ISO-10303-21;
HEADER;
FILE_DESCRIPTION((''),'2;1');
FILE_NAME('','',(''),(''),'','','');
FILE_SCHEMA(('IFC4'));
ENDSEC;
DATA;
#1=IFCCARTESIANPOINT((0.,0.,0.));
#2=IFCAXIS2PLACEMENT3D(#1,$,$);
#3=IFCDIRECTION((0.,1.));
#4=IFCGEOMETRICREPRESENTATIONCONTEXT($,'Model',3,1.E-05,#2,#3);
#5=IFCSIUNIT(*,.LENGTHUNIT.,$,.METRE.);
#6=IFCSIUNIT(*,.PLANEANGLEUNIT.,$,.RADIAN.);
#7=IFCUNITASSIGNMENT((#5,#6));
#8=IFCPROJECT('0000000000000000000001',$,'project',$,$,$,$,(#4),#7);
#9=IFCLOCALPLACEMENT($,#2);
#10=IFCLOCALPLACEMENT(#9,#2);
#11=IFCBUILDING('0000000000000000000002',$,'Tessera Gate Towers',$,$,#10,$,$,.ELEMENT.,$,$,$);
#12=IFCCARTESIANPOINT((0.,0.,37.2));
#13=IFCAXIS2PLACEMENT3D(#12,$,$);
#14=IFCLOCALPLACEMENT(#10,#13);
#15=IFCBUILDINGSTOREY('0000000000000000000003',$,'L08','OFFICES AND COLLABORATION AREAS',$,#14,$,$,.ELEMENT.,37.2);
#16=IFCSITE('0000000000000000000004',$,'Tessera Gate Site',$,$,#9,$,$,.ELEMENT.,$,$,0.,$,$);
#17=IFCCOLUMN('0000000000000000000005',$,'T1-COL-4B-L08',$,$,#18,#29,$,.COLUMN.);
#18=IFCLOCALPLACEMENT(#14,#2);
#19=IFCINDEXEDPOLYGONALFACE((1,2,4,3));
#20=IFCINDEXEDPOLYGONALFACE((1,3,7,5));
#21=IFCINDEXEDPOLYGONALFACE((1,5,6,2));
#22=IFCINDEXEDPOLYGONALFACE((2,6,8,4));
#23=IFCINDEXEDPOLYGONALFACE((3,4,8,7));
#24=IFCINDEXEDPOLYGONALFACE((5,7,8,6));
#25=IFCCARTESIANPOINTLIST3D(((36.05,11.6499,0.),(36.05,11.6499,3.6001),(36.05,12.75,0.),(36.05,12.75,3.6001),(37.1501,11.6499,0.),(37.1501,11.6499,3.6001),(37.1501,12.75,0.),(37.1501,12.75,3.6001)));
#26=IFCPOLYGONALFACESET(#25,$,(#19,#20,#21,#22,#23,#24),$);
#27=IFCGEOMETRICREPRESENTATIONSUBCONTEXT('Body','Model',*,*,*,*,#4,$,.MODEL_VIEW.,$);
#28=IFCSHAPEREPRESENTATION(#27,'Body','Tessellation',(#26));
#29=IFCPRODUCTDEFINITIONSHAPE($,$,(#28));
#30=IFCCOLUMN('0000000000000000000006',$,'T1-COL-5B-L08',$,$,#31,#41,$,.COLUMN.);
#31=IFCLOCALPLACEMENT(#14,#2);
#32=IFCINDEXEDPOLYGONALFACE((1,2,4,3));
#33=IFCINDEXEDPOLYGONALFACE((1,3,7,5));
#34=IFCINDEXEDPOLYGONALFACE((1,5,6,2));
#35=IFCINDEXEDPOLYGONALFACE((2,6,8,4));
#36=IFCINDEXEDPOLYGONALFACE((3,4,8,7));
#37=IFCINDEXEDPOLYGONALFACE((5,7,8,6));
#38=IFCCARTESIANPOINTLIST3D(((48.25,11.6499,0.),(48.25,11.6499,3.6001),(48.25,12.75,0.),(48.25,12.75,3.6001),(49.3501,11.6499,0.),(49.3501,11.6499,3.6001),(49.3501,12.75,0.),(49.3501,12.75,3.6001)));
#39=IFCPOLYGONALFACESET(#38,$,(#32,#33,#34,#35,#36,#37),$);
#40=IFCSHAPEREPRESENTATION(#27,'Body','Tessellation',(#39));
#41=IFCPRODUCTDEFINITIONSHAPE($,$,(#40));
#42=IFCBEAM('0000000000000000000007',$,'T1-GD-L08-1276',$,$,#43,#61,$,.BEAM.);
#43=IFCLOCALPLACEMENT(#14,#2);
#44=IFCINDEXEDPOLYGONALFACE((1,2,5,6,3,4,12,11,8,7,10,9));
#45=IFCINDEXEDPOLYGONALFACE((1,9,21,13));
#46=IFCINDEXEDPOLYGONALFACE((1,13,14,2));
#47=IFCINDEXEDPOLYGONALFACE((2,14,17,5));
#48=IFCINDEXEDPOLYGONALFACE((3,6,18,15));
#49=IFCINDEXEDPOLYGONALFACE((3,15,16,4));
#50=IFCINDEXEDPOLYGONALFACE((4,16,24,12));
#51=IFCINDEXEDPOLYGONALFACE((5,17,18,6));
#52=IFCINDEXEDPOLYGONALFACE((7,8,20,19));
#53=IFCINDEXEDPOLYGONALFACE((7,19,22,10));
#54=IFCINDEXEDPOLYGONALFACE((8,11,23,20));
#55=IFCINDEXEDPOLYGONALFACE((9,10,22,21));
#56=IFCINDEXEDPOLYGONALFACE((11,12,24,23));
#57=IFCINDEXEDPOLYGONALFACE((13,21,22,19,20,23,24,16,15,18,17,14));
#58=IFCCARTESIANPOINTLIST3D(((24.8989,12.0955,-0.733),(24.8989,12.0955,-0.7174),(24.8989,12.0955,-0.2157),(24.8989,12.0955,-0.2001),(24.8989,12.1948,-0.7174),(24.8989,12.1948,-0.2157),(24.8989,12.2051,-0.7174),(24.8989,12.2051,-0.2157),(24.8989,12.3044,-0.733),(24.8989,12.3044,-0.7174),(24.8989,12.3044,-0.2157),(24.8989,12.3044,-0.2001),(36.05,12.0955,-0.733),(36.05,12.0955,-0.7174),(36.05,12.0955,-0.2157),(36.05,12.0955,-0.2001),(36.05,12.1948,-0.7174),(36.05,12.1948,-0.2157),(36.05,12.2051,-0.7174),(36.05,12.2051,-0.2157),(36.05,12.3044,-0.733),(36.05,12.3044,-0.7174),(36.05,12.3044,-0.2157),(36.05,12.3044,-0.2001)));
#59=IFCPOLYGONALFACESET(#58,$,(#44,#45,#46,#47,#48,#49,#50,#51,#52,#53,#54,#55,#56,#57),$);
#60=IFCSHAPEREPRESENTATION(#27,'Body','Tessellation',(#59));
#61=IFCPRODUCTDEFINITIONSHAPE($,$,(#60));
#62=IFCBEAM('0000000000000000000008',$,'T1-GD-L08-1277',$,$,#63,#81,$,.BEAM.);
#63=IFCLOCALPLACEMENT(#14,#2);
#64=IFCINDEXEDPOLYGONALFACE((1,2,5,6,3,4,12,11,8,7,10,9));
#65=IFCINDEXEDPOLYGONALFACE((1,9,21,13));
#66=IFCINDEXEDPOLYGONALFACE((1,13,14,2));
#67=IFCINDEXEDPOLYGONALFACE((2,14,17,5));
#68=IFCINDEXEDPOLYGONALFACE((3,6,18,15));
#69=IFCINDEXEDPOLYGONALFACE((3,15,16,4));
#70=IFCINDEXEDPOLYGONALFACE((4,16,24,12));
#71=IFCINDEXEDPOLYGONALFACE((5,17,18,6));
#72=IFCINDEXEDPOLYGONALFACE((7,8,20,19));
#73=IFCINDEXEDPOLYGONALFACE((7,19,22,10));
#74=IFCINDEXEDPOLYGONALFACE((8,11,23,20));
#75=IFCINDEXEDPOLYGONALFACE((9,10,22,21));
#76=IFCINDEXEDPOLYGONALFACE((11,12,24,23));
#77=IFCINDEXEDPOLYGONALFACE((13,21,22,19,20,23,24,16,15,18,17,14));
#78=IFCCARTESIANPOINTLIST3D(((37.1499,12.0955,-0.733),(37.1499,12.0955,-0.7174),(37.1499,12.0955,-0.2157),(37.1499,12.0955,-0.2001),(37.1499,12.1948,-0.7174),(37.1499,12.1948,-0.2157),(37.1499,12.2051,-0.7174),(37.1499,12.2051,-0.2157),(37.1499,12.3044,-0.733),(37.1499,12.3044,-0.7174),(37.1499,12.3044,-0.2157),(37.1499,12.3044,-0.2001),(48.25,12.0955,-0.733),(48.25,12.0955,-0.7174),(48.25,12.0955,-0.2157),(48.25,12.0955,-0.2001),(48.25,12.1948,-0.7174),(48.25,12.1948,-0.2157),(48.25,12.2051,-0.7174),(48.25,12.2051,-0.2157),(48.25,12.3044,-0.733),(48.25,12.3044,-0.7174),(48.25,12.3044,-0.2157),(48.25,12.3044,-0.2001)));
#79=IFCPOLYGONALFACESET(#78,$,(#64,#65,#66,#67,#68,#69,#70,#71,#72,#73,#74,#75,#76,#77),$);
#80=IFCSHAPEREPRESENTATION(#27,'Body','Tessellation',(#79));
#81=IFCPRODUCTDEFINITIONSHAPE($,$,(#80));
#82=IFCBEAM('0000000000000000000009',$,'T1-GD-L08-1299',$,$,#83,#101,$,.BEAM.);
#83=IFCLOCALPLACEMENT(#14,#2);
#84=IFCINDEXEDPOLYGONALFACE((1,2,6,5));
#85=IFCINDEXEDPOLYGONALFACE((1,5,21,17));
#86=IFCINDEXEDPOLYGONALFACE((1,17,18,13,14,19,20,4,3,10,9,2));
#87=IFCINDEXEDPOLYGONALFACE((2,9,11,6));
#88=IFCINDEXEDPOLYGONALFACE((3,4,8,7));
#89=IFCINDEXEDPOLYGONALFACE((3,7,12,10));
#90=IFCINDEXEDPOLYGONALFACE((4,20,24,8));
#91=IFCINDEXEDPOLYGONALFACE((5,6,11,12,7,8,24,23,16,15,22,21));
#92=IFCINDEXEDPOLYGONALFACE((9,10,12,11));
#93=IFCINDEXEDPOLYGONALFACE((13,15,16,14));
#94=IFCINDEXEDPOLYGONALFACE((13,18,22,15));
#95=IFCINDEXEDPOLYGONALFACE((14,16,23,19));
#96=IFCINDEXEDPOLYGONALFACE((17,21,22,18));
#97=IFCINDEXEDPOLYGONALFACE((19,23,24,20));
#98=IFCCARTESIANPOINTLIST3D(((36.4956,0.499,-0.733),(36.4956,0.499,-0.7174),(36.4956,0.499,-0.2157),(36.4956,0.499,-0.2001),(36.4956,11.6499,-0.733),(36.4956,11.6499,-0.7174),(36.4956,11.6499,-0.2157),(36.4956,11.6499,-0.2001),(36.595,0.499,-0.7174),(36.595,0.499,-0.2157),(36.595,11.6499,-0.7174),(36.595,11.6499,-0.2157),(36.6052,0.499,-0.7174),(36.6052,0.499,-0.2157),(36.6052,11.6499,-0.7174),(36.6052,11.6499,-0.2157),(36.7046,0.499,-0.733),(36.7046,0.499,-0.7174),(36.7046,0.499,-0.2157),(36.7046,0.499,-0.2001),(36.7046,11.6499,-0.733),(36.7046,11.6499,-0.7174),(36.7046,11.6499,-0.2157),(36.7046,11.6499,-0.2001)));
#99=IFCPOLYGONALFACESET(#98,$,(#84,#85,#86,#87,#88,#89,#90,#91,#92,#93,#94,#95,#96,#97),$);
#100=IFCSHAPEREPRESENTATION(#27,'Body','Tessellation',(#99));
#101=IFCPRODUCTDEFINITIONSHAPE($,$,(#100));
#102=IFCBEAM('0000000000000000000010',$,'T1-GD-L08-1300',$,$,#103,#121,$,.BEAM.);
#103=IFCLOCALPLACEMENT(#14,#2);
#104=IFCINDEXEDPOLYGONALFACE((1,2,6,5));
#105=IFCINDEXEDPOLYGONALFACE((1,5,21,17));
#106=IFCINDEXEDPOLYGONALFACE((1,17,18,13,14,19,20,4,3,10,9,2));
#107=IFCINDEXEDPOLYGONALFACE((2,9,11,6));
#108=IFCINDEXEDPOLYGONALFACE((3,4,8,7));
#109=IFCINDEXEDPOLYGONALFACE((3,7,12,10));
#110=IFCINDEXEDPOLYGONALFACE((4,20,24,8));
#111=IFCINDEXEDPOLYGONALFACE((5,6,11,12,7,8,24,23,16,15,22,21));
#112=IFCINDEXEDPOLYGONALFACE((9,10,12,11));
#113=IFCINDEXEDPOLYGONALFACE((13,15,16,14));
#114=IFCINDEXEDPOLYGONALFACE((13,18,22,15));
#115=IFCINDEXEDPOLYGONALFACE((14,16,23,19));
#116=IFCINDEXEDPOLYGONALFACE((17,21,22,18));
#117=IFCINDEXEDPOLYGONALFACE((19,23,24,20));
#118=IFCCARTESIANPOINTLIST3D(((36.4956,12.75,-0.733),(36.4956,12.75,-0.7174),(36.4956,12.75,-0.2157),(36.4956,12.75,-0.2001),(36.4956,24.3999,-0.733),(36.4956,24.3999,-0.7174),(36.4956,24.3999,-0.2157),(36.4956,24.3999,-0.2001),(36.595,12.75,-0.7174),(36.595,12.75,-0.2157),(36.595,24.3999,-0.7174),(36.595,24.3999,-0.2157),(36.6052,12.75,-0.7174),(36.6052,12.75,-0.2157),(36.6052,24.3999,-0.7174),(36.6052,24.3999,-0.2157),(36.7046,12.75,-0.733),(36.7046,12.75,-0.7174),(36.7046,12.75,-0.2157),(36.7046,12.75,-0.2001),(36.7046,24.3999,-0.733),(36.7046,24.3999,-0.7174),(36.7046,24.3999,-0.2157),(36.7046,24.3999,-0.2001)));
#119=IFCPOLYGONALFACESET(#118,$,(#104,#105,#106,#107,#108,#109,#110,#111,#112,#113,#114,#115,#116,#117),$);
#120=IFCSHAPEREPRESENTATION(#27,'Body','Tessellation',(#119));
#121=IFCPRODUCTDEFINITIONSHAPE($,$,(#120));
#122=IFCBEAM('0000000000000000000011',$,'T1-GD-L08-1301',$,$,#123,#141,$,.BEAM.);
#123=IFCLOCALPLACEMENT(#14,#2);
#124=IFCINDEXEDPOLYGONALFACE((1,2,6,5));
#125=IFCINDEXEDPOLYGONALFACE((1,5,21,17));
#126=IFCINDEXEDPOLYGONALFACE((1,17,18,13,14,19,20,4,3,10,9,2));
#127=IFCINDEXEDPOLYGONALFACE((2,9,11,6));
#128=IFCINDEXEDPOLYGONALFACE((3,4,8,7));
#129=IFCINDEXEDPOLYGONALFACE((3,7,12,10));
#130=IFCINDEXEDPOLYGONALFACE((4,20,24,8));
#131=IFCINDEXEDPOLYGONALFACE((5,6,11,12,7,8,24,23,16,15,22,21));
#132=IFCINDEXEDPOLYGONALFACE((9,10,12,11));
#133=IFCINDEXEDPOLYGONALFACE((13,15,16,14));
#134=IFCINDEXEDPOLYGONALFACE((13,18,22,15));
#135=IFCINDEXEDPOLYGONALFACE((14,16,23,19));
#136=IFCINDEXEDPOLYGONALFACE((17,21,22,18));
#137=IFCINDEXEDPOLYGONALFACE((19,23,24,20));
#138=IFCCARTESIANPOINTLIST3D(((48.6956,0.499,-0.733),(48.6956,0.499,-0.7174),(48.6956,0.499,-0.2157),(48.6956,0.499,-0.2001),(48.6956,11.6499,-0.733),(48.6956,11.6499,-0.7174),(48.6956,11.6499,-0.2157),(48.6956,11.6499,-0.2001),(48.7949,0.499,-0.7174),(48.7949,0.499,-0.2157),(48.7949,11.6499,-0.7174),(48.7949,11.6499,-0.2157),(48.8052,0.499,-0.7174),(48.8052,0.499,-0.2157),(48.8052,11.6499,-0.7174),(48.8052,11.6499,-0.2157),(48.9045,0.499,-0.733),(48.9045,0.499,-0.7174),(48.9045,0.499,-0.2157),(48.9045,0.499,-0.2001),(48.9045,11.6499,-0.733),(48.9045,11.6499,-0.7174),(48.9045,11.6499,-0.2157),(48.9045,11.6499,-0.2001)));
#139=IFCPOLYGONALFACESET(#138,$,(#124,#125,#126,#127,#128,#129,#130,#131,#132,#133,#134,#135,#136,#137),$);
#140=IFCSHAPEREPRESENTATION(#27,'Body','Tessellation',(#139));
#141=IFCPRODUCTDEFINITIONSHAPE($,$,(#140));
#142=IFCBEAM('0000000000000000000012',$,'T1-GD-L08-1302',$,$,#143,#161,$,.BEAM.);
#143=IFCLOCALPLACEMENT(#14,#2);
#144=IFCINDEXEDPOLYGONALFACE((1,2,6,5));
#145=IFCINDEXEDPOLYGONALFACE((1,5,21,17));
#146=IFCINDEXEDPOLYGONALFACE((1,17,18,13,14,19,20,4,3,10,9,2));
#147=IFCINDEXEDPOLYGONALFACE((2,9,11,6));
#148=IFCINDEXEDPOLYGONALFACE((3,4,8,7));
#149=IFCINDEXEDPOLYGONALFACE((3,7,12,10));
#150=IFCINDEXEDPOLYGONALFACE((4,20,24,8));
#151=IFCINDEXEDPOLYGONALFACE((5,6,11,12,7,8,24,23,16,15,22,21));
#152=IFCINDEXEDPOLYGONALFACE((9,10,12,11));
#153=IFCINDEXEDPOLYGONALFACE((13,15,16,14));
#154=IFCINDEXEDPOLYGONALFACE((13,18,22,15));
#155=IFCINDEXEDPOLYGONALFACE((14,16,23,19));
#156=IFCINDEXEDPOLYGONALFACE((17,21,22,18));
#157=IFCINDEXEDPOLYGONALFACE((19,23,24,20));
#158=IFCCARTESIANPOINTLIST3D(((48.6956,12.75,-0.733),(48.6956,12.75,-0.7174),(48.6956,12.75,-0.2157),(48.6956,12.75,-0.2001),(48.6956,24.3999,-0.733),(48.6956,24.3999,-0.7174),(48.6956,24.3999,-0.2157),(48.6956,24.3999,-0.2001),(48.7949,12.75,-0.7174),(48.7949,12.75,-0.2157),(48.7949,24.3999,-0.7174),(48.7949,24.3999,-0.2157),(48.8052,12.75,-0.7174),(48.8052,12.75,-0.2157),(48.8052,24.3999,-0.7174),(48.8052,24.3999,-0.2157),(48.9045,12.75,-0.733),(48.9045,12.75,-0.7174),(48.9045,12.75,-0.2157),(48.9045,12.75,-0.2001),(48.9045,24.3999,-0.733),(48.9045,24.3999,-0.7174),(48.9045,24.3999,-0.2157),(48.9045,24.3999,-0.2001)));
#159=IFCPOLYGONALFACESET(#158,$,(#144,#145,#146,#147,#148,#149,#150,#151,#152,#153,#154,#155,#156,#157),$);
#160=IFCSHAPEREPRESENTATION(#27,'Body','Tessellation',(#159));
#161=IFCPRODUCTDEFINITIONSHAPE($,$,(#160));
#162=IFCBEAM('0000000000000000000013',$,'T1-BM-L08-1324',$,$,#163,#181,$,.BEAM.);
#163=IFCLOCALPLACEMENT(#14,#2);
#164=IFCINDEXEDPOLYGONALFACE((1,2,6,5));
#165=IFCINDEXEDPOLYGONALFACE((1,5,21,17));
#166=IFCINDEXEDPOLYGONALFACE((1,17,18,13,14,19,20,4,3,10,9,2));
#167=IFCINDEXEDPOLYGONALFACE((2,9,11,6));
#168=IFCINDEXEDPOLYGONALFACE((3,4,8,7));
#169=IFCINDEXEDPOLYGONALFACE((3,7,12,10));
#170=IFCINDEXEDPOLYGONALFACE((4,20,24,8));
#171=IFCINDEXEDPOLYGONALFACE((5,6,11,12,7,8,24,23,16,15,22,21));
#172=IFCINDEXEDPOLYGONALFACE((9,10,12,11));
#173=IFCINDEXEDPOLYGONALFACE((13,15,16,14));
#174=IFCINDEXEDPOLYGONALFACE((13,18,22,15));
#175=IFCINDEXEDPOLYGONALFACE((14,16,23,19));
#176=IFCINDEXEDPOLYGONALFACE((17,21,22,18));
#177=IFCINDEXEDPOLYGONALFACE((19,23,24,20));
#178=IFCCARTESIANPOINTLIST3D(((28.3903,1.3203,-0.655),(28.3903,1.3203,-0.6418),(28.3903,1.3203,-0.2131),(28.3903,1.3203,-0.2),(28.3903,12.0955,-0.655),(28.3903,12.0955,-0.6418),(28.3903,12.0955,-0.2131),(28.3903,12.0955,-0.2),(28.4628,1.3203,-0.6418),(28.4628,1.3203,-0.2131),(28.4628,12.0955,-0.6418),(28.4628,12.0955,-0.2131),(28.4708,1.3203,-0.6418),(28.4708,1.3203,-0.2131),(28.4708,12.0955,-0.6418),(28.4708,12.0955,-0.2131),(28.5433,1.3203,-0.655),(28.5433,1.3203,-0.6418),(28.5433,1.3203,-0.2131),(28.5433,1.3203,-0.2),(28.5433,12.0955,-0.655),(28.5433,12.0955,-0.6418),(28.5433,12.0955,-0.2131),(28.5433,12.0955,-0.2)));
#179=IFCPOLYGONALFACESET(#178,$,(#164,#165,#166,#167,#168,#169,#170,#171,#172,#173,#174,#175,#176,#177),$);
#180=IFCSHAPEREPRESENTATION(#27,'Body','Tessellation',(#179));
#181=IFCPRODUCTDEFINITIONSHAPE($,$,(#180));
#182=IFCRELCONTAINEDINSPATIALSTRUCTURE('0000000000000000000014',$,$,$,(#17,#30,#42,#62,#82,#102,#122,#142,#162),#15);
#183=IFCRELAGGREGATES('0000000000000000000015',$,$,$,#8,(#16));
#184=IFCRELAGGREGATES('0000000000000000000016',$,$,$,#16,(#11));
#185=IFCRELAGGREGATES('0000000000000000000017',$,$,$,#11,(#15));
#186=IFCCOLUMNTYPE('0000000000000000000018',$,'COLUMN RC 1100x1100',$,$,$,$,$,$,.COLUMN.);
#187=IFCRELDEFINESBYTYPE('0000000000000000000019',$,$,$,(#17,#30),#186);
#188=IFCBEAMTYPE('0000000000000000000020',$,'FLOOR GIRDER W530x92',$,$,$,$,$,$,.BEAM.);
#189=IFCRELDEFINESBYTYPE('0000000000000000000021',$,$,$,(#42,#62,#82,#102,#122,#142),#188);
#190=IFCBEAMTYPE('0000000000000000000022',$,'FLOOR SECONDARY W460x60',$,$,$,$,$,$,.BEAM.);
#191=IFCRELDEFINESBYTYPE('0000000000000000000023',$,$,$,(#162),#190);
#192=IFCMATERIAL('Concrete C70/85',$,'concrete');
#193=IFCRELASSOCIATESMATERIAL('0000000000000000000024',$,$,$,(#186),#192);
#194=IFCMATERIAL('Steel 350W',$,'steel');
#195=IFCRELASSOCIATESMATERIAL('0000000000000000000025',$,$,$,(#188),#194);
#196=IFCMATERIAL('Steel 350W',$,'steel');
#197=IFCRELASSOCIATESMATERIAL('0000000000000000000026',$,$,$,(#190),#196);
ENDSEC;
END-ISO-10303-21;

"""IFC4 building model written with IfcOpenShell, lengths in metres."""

from ifc_helpers import new_model, si_unit, direction, frame, origin, origin_2d, place, context, subcontext, project, spatial, rectangle, i_section, extrude, material, material_profile, profile_set, type_object, element, save


model = new_model("IFC4")

# Units and contexts
model_context = context("Model", 3, precision=1e-05, world=origin(), true_north=direction((0.0, 1.0)))
body_context = subcontext(model_context, "Body", "Model", "MODEL_VIEW")
ifc_project = project(units=[si_unit("LENGTHUNIT", "METRE"), si_unit("PLANEANGLEUNIT", "RADIAN")], contexts=[model_context])

# Site, building, storey
site_placement = place(None, origin())
site = spatial("IfcSite", under=ifc_project, at=site_placement, Name="Tessera Gate Site", CompositionType="ELEMENT", RefElevation=0.0)
building_placement = place(site_placement, origin())
building = spatial("IfcBuilding", under=site, at=building_placement, Name="Tessera Gate Towers", CompositionType="ELEMENT")
storey_placement = place(building_placement, frame((0.0, 0.0, 37.2)))
storey = spatial("IfcBuildingStorey", under=building, at=storey_placement, Name="L08", Description="OFFICES AND COLLABORATION AREAS", CompositionType="ELEMENT", Elevation=37.2)

# Columns
ifc_material_1 = material(Name="Concrete C70/85", Category="concrete")
ifc_material_profile_1 = material_profile(ifc_material_1, rectangle(XDim=1.1001, YDim=1.1001, at=origin_2d()), Name="RC 1100x1100")
ifc_profile_set_1 = profile_set([ifc_material_profile_1], Name="Concrete C70/85")
column_type = type_object("IfcColumnType", Name="COLUMN RC 1100x1100", PredefinedType="COLUMN", material=ifc_profile_set_1)
for number, where, z_axis, x_axis, name in (
    (1, (36.6001, 12.2, 0.0), (0.0, 0.0, 1.0), (1.0, 0.0, 0.0), "T1-COL-4B-L08"),
    (2, (48.8, 12.2, 0.0), (0.0, 0.0, 1.0), (1.0, 0.0, 0.0), "T1-COL-5B-L08"),
):
    element("IfcColumn", number, at=place(storey_placement, frame(where, z_axis=z_axis, x_axis=x_axis)), inside=storey, type_object=column_type, Name=name, PredefinedType="COLUMN", context=body_context, shape_type="SweptSolid", body=[
        extrude(rectangle(XDim=1.1001, YDim=1.1001, at=origin_2d()), origin(), (0.0, 0.0, 1.0), 3.6001),
    ])

# Beams
ifc_material_2 = material(Name="Steel 350W", Category="steel")
ifc_material_profile_2 = material_profile(ifc_material_2, i_section(OverallWidth=0.209, OverallDepth=0.533, WebThickness=0.0103, FlangeThickness=0.0156, at=origin_2d()), Name="W530x92")
ifc_profile_set_2 = profile_set([ifc_material_profile_2], Name="Steel 350W")
beam_type_1 = type_object("IfcBeamType", Name="FLOOR GIRDER W530x92", PredefinedType="BEAM", material=ifc_profile_set_2)
beam_1_placement = place(storey_placement, frame((24.8989, 12.2, -0.4666), z_axis=(1.0, 0.0, 0.0), x_axis=(0.0, 1.0, 0.0)))
element("IfcBeam", 3, at=beam_1_placement, inside=storey, type_object=beam_type_1, Name="T1-GD-L08-1276", PredefinedType="BEAM", context=body_context, shape_type="SweptSolid", body=[
    extrude(i_section(OverallWidth=0.209, OverallDepth=0.533, WebThickness=0.0103, FlangeThickness=0.0156, at=origin_2d()), origin(), (0.0, 0.0, 1.0), 11.1511),
])
beam_2_placement = place(storey_placement, frame((37.1499, 12.2, -0.4666), z_axis=(1.0, 0.0, 0.0), x_axis=(0.0, 1.0, 0.0)))
element("IfcBeam", 4, at=beam_2_placement, inside=storey, type_object=beam_type_1, Name="T1-GD-L08-1277", PredefinedType="BEAM", context=body_context, shape_type="SweptSolid", body=[
    extrude(i_section(OverallWidth=0.209, OverallDepth=0.533, WebThickness=0.0103, FlangeThickness=0.0156, at=origin_2d()), origin(), (0.0, 0.0, 1.0), 11.1001),
])
beam_3_placement = place(storey_placement, frame((36.6001, 0.499, -0.4666), z_axis=(0.0, 1.0, 0.0), x_axis=(-1.0, 0.0, 0.0)))
element("IfcBeam", 5, at=beam_3_placement, inside=storey, type_object=beam_type_1, Name="T1-GD-L08-1299", PredefinedType="BEAM", context=body_context, shape_type="SweptSolid", body=[
    extrude(i_section(OverallWidth=0.209, OverallDepth=0.533, WebThickness=0.0103, FlangeThickness=0.0156, at=origin_2d()), origin(), (0.0, 0.0, 1.0), 11.1509),
])
beam_4_placement = place(storey_placement, frame((36.6001, 12.75, -0.4666), z_axis=(0.0, 1.0, 0.0), x_axis=(-1.0, 0.0, 0.0)))
element("IfcBeam", 6, at=beam_4_placement, inside=storey, type_object=beam_type_1, Name="T1-GD-L08-1300", PredefinedType="BEAM", context=body_context, shape_type="SweptSolid", body=[
    extrude(i_section(OverallWidth=0.209, OverallDepth=0.533, WebThickness=0.0103, FlangeThickness=0.0156, at=origin_2d()), origin(), (0.0, 0.0, 1.0), 11.6499),
])
beam_5_placement = place(storey_placement, frame((48.8, 0.499, -0.4666), z_axis=(0.0, 1.0, 0.0), x_axis=(-1.0, 0.0, 0.0)))
element("IfcBeam", 7, at=beam_5_placement, inside=storey, type_object=beam_type_1, Name="T1-GD-L08-1301", PredefinedType="BEAM", context=body_context, shape_type="SweptSolid", body=[
    extrude(i_section(OverallWidth=0.209, OverallDepth=0.533, WebThickness=0.0103, FlangeThickness=0.0156, at=origin_2d()), origin(), (0.0, 0.0, 1.0), 11.1509),
])
beam_6_placement = place(storey_placement, frame((48.8, 12.75, -0.4666), z_axis=(0.0, 1.0, 0.0), x_axis=(-1.0, 0.0, 0.0)))
element("IfcBeam", 8, at=beam_6_placement, inside=storey, type_object=beam_type_1, Name="T1-GD-L08-1302", PredefinedType="BEAM", context=body_context, shape_type="SweptSolid", body=[
    extrude(i_section(OverallWidth=0.209, OverallDepth=0.533, WebThickness=0.0103, FlangeThickness=0.0156, at=origin_2d()), origin(), (0.0, 0.0, 1.0), 11.6499),
])
ifc_material_3 = material(Name="Steel 350W", Category="steel")
ifc_material_profile_3 = material_profile(ifc_material_3, i_section(OverallWidth=0.1531, OverallDepth=0.4551, WebThickness=0.0081, FlangeThickness=0.0132, at=origin_2d()), Name="W460x60")
ifc_profile_set_3 = profile_set([ifc_material_profile_3], Name="Steel 350W")
beam_type_2 = type_object("IfcBeamType", Name="FLOOR SECONDARY W460x60", PredefinedType="BEAM", material=ifc_profile_set_3)
beam_7_placement = place(storey_placement, frame((28.4668, 1.3203, -0.4275), z_axis=(0.0, 1.0, 0.0), x_axis=(-1.0, 0.0, 0.0)))
element("IfcBeam", 9, at=beam_7_placement, inside=storey, type_object=beam_type_2, Name="T1-BM-L08-1324", PredefinedType="BEAM", context=body_context, shape_type="SweptSolid", body=[
    extrude(i_section(OverallWidth=0.1531, OverallDepth=0.4551, WebThickness=0.0081, FlangeThickness=0.0132, at=origin_2d()), origin(), (0.0, 0.0, 1.0), 10.7751),
])

save(model, "model.ifc")
